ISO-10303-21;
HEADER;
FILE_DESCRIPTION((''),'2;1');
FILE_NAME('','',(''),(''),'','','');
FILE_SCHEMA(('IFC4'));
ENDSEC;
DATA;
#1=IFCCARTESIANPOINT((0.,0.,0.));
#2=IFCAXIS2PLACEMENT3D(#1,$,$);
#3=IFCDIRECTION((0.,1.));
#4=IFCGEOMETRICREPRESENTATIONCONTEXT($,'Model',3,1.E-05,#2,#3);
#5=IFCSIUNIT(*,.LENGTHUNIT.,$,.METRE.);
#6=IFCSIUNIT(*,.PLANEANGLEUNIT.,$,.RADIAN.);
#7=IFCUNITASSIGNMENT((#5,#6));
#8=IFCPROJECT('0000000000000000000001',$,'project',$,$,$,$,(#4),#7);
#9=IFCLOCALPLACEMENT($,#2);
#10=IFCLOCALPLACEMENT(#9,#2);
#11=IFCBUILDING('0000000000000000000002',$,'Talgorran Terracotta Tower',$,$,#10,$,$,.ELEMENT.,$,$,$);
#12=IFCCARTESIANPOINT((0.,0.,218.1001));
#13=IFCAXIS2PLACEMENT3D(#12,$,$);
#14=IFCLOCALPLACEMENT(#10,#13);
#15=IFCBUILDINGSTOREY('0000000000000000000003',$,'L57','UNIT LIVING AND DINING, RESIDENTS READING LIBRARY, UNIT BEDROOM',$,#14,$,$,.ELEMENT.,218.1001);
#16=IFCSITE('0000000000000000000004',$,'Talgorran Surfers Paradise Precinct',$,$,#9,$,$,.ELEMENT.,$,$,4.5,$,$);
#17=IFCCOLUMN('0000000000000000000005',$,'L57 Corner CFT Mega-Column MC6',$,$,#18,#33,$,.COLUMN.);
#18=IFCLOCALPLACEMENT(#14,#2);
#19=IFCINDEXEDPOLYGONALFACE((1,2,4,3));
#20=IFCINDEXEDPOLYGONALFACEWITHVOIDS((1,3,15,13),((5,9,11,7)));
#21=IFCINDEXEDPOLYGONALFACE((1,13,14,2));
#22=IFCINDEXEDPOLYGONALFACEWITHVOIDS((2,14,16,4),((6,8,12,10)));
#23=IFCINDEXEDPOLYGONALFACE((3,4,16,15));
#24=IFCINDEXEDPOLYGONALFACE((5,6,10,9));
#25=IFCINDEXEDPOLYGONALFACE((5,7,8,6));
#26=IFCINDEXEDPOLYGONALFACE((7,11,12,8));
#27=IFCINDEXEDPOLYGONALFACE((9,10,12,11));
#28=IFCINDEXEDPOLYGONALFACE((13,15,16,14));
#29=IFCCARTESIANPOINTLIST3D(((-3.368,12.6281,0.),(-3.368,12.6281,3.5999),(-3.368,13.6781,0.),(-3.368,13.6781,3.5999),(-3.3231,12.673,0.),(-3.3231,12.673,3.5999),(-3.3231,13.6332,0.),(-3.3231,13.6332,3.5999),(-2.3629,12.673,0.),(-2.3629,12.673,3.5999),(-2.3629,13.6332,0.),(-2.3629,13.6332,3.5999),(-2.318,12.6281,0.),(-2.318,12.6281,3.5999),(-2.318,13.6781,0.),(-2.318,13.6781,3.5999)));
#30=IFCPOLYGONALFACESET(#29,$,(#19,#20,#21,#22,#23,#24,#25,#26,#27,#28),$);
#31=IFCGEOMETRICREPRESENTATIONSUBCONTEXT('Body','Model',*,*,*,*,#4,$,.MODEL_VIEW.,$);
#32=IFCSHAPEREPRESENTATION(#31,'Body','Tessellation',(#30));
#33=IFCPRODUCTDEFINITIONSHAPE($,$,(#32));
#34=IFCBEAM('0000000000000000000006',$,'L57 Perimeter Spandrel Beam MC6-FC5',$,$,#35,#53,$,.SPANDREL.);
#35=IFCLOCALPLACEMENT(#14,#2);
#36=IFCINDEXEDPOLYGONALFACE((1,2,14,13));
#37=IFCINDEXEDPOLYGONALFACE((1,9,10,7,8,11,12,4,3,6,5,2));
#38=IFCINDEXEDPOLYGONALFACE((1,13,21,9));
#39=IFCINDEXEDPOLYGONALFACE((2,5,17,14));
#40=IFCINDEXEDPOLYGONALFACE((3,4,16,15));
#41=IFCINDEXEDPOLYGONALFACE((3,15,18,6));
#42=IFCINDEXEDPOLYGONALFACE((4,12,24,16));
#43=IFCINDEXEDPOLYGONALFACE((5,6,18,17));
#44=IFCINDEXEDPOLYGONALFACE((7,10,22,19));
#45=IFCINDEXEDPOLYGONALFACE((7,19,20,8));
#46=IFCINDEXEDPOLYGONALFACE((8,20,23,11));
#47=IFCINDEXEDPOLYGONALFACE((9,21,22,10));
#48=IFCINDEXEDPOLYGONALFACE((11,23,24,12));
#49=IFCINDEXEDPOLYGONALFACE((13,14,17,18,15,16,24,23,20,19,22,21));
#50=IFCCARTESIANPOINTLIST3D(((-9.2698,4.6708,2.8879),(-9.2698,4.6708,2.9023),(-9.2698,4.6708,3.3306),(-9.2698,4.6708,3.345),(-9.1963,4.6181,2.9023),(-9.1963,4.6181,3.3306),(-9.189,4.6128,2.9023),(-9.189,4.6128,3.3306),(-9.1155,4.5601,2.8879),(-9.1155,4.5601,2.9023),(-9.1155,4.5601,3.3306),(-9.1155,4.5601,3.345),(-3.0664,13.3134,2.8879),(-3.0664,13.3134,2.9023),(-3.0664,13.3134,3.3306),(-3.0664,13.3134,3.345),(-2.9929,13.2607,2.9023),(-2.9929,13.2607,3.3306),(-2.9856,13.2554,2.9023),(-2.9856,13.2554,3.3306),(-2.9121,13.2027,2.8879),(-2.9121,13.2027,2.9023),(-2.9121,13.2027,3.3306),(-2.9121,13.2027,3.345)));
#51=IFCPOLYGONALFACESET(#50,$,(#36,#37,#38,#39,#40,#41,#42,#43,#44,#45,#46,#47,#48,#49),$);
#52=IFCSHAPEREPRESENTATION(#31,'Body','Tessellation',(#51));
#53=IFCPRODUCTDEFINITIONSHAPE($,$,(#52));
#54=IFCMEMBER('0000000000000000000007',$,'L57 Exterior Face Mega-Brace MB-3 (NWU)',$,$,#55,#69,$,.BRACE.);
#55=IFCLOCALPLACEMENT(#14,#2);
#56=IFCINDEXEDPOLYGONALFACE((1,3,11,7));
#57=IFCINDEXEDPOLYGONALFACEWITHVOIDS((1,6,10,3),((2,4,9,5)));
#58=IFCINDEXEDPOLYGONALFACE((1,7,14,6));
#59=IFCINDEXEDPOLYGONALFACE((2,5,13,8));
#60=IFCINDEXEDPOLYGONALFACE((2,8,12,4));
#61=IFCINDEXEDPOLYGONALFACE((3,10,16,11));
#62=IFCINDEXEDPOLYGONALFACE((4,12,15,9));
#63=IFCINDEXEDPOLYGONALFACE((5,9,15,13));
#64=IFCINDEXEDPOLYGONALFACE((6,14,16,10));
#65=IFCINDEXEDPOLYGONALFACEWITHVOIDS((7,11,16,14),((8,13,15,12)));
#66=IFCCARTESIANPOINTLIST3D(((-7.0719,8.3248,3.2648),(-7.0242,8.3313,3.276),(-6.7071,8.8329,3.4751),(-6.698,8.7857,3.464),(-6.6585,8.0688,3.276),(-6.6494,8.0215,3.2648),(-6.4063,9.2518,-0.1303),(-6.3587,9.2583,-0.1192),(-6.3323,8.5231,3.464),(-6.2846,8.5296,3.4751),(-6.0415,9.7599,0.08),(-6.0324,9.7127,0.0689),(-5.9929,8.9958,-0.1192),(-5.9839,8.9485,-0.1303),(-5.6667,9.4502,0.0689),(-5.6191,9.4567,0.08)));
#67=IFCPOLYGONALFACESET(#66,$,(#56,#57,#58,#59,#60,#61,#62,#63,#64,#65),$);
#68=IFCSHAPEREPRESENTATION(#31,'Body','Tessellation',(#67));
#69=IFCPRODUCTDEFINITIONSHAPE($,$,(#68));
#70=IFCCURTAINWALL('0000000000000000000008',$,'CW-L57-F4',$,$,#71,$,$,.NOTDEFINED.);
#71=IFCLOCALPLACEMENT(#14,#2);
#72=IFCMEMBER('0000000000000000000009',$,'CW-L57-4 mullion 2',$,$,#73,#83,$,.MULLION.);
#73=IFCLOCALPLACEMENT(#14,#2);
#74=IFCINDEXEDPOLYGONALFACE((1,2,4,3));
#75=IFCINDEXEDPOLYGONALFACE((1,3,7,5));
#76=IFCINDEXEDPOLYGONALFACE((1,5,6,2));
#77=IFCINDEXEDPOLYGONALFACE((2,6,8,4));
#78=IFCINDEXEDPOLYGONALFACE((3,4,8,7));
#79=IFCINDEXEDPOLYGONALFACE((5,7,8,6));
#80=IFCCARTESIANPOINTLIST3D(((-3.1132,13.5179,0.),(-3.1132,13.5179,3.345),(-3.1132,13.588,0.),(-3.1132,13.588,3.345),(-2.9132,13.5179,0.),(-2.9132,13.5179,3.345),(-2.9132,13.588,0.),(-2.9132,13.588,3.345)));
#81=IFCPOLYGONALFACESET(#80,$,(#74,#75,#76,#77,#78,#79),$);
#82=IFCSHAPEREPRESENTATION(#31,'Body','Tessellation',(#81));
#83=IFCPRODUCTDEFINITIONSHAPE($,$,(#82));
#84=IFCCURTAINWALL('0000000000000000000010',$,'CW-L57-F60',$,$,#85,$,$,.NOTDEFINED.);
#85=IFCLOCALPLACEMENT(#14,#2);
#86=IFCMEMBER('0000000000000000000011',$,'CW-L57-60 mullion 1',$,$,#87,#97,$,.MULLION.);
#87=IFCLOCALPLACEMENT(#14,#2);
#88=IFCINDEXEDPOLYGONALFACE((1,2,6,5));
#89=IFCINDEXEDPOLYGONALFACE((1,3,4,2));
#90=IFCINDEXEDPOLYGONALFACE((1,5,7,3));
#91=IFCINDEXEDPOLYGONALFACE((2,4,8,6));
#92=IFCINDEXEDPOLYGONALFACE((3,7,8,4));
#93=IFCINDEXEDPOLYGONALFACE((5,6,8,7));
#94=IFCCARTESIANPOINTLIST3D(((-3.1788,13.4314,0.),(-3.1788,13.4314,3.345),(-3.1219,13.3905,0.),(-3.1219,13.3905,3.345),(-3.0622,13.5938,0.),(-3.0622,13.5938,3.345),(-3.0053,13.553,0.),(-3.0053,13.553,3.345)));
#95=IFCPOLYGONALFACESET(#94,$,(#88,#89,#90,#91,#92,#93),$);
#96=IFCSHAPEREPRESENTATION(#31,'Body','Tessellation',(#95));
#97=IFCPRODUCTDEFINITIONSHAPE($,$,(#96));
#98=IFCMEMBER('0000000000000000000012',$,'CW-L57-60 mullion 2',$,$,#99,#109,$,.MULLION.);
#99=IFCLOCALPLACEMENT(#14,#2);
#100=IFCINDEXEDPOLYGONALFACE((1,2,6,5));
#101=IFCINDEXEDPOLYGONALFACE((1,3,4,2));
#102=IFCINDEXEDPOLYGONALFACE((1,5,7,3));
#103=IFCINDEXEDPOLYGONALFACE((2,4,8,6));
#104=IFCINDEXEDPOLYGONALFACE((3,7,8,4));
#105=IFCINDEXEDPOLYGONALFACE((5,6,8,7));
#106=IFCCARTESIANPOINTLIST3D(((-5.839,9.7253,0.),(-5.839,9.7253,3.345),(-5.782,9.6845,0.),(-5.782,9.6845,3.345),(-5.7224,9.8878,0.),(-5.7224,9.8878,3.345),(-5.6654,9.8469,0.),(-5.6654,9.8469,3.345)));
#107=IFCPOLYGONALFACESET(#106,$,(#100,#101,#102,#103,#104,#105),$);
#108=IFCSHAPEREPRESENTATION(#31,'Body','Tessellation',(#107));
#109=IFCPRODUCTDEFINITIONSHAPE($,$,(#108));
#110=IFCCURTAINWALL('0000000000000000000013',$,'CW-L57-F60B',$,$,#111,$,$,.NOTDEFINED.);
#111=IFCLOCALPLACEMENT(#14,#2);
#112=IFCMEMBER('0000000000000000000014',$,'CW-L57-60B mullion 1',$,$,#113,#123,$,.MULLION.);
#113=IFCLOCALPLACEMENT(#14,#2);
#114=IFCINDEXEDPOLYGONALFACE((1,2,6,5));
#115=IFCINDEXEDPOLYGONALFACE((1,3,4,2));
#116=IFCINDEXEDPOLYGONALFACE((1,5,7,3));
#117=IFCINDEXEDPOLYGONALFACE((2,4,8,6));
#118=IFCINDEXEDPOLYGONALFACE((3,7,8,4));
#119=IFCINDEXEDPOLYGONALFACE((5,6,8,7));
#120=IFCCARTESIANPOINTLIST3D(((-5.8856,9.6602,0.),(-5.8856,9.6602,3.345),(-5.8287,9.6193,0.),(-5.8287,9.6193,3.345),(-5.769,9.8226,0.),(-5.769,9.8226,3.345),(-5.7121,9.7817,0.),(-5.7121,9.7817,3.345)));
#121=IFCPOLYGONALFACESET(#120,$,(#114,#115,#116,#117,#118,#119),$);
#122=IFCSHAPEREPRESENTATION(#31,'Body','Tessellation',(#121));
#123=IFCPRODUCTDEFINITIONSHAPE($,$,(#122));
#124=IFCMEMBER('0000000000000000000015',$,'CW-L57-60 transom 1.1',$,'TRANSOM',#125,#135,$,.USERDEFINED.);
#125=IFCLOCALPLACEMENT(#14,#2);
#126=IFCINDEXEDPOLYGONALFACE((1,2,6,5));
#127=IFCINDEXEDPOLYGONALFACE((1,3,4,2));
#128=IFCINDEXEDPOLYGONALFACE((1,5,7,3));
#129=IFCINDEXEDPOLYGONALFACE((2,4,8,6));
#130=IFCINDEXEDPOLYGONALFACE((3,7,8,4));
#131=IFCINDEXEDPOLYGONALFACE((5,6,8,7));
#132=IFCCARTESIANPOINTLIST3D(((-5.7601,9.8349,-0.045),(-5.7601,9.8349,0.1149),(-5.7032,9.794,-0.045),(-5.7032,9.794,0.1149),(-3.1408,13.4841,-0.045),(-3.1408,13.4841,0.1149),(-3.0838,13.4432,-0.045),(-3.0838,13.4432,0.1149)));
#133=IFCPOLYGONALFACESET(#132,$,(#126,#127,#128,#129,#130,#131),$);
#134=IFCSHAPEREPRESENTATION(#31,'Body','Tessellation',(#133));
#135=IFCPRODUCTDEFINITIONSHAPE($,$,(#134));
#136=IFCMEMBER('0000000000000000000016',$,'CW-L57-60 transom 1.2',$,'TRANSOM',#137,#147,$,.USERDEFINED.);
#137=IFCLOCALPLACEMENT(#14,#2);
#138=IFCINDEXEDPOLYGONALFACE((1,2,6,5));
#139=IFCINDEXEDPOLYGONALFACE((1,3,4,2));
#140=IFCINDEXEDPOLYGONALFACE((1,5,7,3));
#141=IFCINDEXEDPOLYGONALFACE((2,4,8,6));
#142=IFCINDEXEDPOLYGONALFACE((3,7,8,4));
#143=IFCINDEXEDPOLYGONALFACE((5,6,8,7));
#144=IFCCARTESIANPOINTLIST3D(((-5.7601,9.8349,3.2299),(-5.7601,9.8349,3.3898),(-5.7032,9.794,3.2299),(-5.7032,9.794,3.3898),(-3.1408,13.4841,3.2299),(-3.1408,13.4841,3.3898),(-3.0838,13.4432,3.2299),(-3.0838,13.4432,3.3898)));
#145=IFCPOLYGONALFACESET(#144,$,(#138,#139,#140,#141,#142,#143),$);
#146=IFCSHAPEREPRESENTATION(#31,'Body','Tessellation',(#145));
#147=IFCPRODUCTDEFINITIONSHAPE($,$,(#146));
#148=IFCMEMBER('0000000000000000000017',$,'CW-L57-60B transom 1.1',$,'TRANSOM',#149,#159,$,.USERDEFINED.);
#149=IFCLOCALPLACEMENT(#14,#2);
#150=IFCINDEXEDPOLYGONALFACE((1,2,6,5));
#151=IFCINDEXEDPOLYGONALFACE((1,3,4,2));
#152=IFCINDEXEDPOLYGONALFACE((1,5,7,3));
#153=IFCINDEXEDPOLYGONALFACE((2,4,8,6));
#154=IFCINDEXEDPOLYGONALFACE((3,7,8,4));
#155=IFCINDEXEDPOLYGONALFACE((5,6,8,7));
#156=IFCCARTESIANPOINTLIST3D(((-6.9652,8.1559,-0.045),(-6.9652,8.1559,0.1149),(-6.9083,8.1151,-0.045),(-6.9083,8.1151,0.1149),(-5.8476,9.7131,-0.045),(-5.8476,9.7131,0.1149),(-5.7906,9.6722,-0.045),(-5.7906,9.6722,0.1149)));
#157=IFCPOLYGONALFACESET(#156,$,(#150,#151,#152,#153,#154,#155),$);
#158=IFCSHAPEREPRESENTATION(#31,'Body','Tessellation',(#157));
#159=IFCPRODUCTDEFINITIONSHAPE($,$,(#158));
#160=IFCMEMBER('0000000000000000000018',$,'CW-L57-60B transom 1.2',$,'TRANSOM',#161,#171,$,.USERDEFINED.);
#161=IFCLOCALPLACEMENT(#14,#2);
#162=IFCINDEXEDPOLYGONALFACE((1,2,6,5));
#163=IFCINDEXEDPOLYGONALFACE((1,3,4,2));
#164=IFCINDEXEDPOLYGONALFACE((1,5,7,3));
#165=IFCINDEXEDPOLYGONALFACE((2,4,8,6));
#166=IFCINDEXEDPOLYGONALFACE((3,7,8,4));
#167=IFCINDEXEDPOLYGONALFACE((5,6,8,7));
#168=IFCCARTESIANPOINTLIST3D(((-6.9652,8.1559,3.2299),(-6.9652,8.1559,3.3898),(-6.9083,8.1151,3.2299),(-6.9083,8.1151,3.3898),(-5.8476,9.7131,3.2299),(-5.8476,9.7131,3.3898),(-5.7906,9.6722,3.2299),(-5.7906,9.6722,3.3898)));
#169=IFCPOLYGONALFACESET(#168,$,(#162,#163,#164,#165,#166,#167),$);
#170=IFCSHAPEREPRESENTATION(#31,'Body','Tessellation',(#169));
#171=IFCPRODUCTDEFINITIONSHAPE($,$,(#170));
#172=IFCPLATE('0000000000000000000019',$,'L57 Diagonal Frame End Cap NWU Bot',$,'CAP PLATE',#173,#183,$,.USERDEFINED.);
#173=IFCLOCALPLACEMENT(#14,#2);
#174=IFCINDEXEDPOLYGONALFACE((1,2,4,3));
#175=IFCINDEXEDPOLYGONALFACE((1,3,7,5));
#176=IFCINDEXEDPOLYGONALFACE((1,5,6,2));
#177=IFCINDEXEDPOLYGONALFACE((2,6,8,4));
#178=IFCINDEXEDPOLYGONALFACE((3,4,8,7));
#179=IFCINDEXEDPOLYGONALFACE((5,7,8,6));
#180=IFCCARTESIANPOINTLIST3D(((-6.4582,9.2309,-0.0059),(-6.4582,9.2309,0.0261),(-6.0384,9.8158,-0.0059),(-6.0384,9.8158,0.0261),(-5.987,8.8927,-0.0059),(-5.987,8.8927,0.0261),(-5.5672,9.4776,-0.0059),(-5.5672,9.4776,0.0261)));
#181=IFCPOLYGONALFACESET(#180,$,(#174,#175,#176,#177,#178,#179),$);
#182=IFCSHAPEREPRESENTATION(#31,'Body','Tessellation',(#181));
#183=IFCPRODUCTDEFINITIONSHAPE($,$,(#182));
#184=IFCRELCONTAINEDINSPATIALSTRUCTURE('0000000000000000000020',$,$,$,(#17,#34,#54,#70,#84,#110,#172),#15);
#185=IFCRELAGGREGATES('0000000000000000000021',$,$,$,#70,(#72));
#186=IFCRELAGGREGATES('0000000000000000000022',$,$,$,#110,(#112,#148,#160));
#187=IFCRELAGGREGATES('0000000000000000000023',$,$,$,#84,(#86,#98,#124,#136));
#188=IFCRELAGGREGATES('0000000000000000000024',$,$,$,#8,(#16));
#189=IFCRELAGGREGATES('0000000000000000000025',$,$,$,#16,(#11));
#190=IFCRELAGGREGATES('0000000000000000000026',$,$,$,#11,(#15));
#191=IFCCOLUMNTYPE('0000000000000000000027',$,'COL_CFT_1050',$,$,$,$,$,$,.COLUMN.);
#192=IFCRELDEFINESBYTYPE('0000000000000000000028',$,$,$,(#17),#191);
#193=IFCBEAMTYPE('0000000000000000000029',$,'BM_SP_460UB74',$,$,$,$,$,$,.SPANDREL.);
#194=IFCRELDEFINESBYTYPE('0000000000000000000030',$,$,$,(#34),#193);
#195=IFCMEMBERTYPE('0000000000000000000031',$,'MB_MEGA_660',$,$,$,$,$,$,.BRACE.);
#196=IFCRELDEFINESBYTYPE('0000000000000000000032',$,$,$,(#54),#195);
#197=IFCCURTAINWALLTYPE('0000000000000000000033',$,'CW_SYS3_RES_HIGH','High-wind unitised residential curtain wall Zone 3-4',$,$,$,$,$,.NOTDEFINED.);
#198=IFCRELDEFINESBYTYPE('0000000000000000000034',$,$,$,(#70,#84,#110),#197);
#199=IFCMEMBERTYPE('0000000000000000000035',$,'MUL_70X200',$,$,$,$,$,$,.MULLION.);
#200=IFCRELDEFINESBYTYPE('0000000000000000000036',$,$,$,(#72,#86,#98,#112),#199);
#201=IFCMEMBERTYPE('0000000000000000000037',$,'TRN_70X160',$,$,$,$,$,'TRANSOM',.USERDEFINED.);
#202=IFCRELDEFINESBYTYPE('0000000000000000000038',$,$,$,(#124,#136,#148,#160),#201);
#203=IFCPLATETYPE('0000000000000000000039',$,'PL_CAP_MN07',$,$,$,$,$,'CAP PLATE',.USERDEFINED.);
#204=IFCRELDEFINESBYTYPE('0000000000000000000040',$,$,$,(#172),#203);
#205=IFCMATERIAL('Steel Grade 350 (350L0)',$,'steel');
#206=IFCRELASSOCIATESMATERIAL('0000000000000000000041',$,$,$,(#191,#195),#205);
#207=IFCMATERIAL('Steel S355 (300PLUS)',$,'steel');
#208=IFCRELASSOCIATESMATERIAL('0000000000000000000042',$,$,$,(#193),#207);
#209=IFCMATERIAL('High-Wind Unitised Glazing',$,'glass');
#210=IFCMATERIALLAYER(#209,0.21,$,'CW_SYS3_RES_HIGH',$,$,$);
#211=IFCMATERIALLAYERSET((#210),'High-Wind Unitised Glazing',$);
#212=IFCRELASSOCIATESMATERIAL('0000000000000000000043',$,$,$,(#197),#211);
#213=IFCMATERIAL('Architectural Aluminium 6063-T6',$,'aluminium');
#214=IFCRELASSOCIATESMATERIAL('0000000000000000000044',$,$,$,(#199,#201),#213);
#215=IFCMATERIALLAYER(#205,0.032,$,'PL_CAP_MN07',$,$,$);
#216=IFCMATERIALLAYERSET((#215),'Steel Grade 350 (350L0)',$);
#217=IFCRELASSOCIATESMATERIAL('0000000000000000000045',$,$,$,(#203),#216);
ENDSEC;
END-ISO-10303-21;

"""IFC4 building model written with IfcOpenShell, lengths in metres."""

from ifc_helpers import new_model, si_unit, direction, frame, origin, origin_2d, place, context, subcontext, project, spatial, rectangle, hollow_rectangle, i_section, extrude, material, layer, layer_set, material_profile, profile_set, type_object, element, aggregate, save


model = new_model("IFC4")

# Units and contexts
model_context = context("Model", 3, precision=1e-05, world=origin(), true_north=direction((0.0, 1.0)))
body_context = subcontext(model_context, "Body", "Model", "MODEL_VIEW")
ifc_project = project(units=[si_unit("LENGTHUNIT", "METRE"), si_unit("PLANEANGLEUNIT", "RADIAN")], contexts=[model_context])

# Site, building, storey
site_placement = place(None, origin())
site = spatial("IfcSite", under=ifc_project, at=site_placement, Name="Talgorran Surfers Paradise Precinct", CompositionType="ELEMENT", RefElevation=4.5)
building_placement = place(site_placement, origin())
building = spatial("IfcBuilding", under=site, at=building_placement, Name="Talgorran Terracotta Tower", CompositionType="ELEMENT")
storey_placement = place(building_placement, frame((0.0, 0.0, 218.1001)))
storey = spatial("IfcBuildingStorey", under=building, at=storey_placement, Name="L57", Description="UNIT LIVING AND DINING, RESIDENTS READING LIBRARY, UNIT BEDROOM", CompositionType="ELEMENT", Elevation=218.1001)

# Column
ifc_material_1 = material(Name="Steel Grade 350 (350L0)", Category="steel")
ifc_material_profile_1 = material_profile(ifc_material_1, hollow_rectangle(XDim=1.05, YDim=1.05, WallThickness=0.0449, at=origin_2d()), Name="CFT1050X1050X45")
ifc_profile_set_1 = profile_set([ifc_material_profile_1], Name="Steel Grade 350 (350L0)")
column_type = type_object("IfcColumnType", Name="COL_CFT_1050", PredefinedType="COLUMN", material=ifc_profile_set_1)
column_placement = place(storey_placement, frame((-2.843, 13.1531, 0.0), z_axis=(0.0, 0.0, 1.0), x_axis=(1.0, 0.0, 0.0)))
element("IfcColumn", 1, at=column_placement, inside=storey, type_object=column_type, Name="L57 Corner CFT Mega-Column MC6", PredefinedType="COLUMN", context=body_context, shape_type="SweptSolid", body=[
    extrude(hollow_rectangle(XDim=1.05, YDim=1.05, WallThickness=0.0449, at=origin_2d()), origin(), (0.0, 0.0, 1.0), 3.5999),
])

# Beam
ifc_material_2 = material(Name="Steel S355 (300PLUS)", Category="steel")
ifc_material_profile_2 = material_profile(ifc_material_2, i_section(OverallWidth=0.1899, OverallDepth=0.457, WebThickness=0.009, FlangeThickness=0.0144, at=origin_2d()), Name="460UB74.6")
ifc_profile_set_2 = profile_set([ifc_material_profile_2], Name="Steel S355 (300PLUS)")
beam_type = type_object("IfcBeamType", Name="BM_SP_460UB74", PredefinedType="SPANDREL", material=ifc_profile_set_2)
beam_placement = place(storey_placement, frame((-2.9893, 13.2581, 3.1165), z_axis=(-0.58311, -0.812393, 0.0), x_axis=(0.812393, -0.58311, 0.0)))
element("IfcBeam", 2, at=beam_placement, inside=storey, type_object=beam_type, Name="L57 Perimeter Spandrel Beam MC6-FC5", PredefinedType="SPANDREL", context=body_context, shape_type="SweptSolid", body=[
    extrude(i_section(OverallWidth=0.1899, OverallDepth=0.457, WebThickness=0.009, FlangeThickness=0.0144, at=origin_2d()), origin(), (0.0, 0.0, 1.0), 10.6384),
])

# Member
ifc_material_profile_3 = material_profile(ifc_material_1, hollow_rectangle(XDim=0.52, YDim=0.6599, WallThickness=0.0349, at=origin_2d()), Name="WBOX660X520X35")
ifc_profile_set_3 = profile_set([ifc_material_profile_3], Name="Steel Grade 350 (350L0)")
member_type_1 = type_object("IfcMemberType", Name="MB_MEGA_660", PredefinedType="BRACE", material=ifc_profile_set_3)
member_1_placement = place(storey_placement, frame((-6.0127, 9.3542, -0.0251), z_axis=(-0.185814, -0.258818, 0.947885), x_axis=(0.812329, -0.5832, 0.0)))
element("IfcMember", 3, at=member_1_placement, inside=storey, type_object=member_type_1, Name="L57 Exterior Face Mega-Brace MB-3 (NWU)", PredefinedType="BRACE", context=body_context, shape_type="SweptSolid", body=[
    extrude(hollow_rectangle(XDim=0.52, YDim=0.6599, WallThickness=0.0349, at=origin_2d()), origin(), (0.0, 0.0, 1.0), 3.5818),
])

# Curtain wall, member
ifc_material_3 = material(Name="High-Wind Unitised Glazing", Category="glass")
ifc_layer_1 = layer(ifc_material_3, 0.21, Name="CW_SYS3_RES_HIGH")
ifc_layer_set_1 = layer_set([ifc_layer_1], Name="High-Wind Unitised Glazing")
curtain_wall_type = type_object("IfcCurtainWallType", Name="CW_SYS3_RES_HIGH", Description="High-wind unitised residential curtain wall Zone 3-4", PredefinedType="NOTDEFINED", material=ifc_layer_set_1)
curtain_wall_1_placement = place(storey_placement, origin())
curtain_wall_1 = element("IfcCurtainWall", 4, at=curtain_wall_1_placement, inside=storey, type_object=curtain_wall_type, Name="CW-L57-F4", PredefinedType="NOTDEFINED")
ifc_material_4 = material(Name="Architectural Aluminium 6063-T6", Category="aluminium")
ifc_material_profile_4 = material_profile(ifc_material_4, rectangle(XDim=0.0701, YDim=0.2, at=origin_2d()), Name="CWM70X200")
ifc_profile_set_4 = profile_set([ifc_material_profile_4], Name="Architectural Aluminium 6063-T6")
member_type_2 = type_object("IfcMemberType", Name="MUL_70X200", PredefinedType="MULLION", material=ifc_profile_set_4)
member_2_placement = place(storey_placement, frame((-3.0132, 13.553, 0.0), z_axis=(0.0, 0.0, 1.0), x_axis=(0.0, -1.0, 0.0)))
member_2 = element("IfcMember", 5, at=member_2_placement, type_object=member_type_2, Name="CW-L57-4 mullion 2", PredefinedType="MULLION", context=body_context, shape_type="SweptSolid", body=[
    extrude(rectangle(XDim=0.0701, YDim=0.2, at=origin_2d()), origin(), (0.0, 0.0, 1.0), 3.345),
])
aggregate(curtain_wall_1, [member_2])

# Curtain wall, members
curtain_wall_2_placement = place(storey_placement, origin())
curtain_wall_2 = element("IfcCurtainWall", 6, at=curtain_wall_2_placement, inside=storey, type_object=curtain_wall_type, Name="CW-L57-F60", PredefinedType="NOTDEFINED")
member_3_placement = place(storey_placement, frame((-3.092, 13.4922, 0.0), z_axis=(0.0, 0.0, 1.0), x_axis=(0.812392, -0.583111, 0.0)))
member_3 = element("IfcMember", 7, at=member_3_placement, type_object=member_type_2, Name="CW-L57-60 mullion 1", PredefinedType="MULLION", context=body_context, shape_type="SweptSolid", body=[
    extrude(rectangle(XDim=0.0701, YDim=0.2, at=origin_2d()), origin(), (0.0, 0.0, 1.0), 3.345),
])
member_4_placement = place(storey_placement, frame((-5.7522, 9.7861, 0.0), z_axis=(0.0, 0.0, 1.0), x_axis=(0.812392, -0.583111, 0.0)))
member_4 = element("IfcMember", 8, at=member_4_placement, type_object=member_type_2, Name="CW-L57-60 mullion 2", PredefinedType="MULLION", context=body_context, shape_type="SweptSolid", body=[
    extrude(rectangle(XDim=0.0701, YDim=0.2, at=origin_2d()), origin(), (0.0, 0.0, 1.0), 3.345),
])

# Curtain wall, member
curtain_wall_3_placement = place(storey_placement, origin())
curtain_wall_3 = element("IfcCurtainWall", 9, at=curtain_wall_3_placement, inside=storey, type_object=curtain_wall_type, Name="CW-L57-F60B", PredefinedType="NOTDEFINED")
member_5_placement = place(storey_placement, frame((-5.7988, 9.7209, 0.0), z_axis=(0.0, 0.0, 1.0), x_axis=(0.812381, -0.583127, 0.0)))
member_5 = element("IfcMember", 10, at=member_5_placement, type_object=member_type_2, Name="CW-L57-60B mullion 1", PredefinedType="MULLION", context=body_context, shape_type="SweptSolid", body=[
    extrude(rectangle(XDim=0.0701, YDim=0.2, at=origin_2d()), origin(), (0.0, 0.0, 1.0), 3.345),
])

# Members
ifc_material_profile_5 = material_profile(ifc_material_4, rectangle(XDim=0.0701, YDim=0.1599, at=origin_2d()), Name="CWT70X160")
ifc_profile_set_5 = profile_set([ifc_material_profile_5], Name="Architectural Aluminium 6063-T6")
member_type_3 = type_object("IfcMemberType", Name="TRN_70X160", ElementType="TRANSOM", PredefinedType="USERDEFINED", material=ifc_profile_set_5)
member_6_placement = place(storey_placement, frame((-3.1123, 13.4636, 0.0349), z_axis=(-0.583129, -0.81238, 0.0), x_axis=(0.81238, -0.583129, 0.0)))
member_6 = element("IfcMember", 11, at=member_6_placement, type_object=member_type_3, Name="CW-L57-60 transom 1.1", ObjectType="TRANSOM", PredefinedType="USERDEFINED", context=body_context, shape_type="SweptSolid", body=[
    extrude(rectangle(XDim=0.0701, YDim=0.1599, at=origin_2d()), origin(), (0.0, 0.0, 1.0), 4.4919),
])
member_7_placement = place(storey_placement, frame((-3.1123, 13.4636, 3.3098), z_axis=(-0.583129, -0.81238, 0.0), x_axis=(0.81238, -0.583129, 0.0)))
member_7 = element("IfcMember", 12, at=member_7_placement, type_object=member_type_3, Name="CW-L57-60 transom 1.2", ObjectType="TRANSOM", PredefinedType="USERDEFINED", context=body_context, shape_type="SweptSolid", body=[
    extrude(rectangle(XDim=0.0701, YDim=0.1599, at=origin_2d()), origin(), (0.0, 0.0, 1.0), 4.4919),
])
member_8_placement = place(storey_placement, frame((-5.8191, 9.6926, 0.0349), z_axis=(-0.583116, -0.812389, 0.0), x_axis=(0.812389, -0.583116, 0.0)))
member_8 = element("IfcMember", 13, at=member_8_placement, type_object=member_type_3, Name="CW-L57-60B transom 1.1", ObjectType="TRANSOM", PredefinedType="USERDEFINED", context=body_context, shape_type="SweptSolid", body=[
    extrude(rectangle(XDim=0.0701, YDim=0.1599, at=origin_2d()), origin(), (0.0, 0.0, 1.0), 1.9167),
])
member_9_placement = place(storey_placement, frame((-5.8191, 9.6926, 3.3098), z_axis=(-0.583116, -0.812389, 0.0), x_axis=(0.812389, -0.583116, 0.0)))
member_9 = element("IfcMember", 14, at=member_9_placement, type_object=member_type_3, Name="CW-L57-60B transom 1.2", ObjectType="TRANSOM", PredefinedType="USERDEFINED", context=body_context, shape_type="SweptSolid", body=[
    extrude(rectangle(XDim=0.0701, YDim=0.1599, at=origin_2d()), origin(), (0.0, 0.0, 1.0), 1.9167),
])

# Plate
ifc_layer_2 = layer(ifc_material_1, 0.032, Name="PL_CAP_MN07")
ifc_layer_set_2 = layer_set([ifc_layer_2], Name="Steel Grade 350 (350L0)")
plate_type_1 = type_object("IfcPlateType", Name="PL_CAP_MN07", ElementType="CAP PLATE", PredefinedType="USERDEFINED", material=ifc_layer_set_2)
for number, where, z_axis, x_axis, name in (
    (15, (-6.0127, 9.3542, -0.0059), (0.0, 0.0, 1.0), (-0.583116, -0.812389, 0.0), "L57 Diagonal Frame End Cap NWU Bot"),
):
    element("IfcPlate", number, at=place(storey_placement, frame(where, z_axis=z_axis, x_axis=x_axis)), inside=storey, type_object=plate_type_1, Name=name, ObjectType="CAP PLATE", PredefinedType="USERDEFINED", context=body_context, shape_type="SweptSolid", body=[
        extrude(rectangle(XDim=0.72, YDim=0.5801, at=origin_2d()), origin(), (0.0, 0.0, 1.0), 0.032),
    ])

aggregate(curtain_wall_3, [member_5, member_8, member_9])
aggregate(curtain_wall_2, [member_3, member_4, member_6, member_7])

save(model, "model.ifc")
